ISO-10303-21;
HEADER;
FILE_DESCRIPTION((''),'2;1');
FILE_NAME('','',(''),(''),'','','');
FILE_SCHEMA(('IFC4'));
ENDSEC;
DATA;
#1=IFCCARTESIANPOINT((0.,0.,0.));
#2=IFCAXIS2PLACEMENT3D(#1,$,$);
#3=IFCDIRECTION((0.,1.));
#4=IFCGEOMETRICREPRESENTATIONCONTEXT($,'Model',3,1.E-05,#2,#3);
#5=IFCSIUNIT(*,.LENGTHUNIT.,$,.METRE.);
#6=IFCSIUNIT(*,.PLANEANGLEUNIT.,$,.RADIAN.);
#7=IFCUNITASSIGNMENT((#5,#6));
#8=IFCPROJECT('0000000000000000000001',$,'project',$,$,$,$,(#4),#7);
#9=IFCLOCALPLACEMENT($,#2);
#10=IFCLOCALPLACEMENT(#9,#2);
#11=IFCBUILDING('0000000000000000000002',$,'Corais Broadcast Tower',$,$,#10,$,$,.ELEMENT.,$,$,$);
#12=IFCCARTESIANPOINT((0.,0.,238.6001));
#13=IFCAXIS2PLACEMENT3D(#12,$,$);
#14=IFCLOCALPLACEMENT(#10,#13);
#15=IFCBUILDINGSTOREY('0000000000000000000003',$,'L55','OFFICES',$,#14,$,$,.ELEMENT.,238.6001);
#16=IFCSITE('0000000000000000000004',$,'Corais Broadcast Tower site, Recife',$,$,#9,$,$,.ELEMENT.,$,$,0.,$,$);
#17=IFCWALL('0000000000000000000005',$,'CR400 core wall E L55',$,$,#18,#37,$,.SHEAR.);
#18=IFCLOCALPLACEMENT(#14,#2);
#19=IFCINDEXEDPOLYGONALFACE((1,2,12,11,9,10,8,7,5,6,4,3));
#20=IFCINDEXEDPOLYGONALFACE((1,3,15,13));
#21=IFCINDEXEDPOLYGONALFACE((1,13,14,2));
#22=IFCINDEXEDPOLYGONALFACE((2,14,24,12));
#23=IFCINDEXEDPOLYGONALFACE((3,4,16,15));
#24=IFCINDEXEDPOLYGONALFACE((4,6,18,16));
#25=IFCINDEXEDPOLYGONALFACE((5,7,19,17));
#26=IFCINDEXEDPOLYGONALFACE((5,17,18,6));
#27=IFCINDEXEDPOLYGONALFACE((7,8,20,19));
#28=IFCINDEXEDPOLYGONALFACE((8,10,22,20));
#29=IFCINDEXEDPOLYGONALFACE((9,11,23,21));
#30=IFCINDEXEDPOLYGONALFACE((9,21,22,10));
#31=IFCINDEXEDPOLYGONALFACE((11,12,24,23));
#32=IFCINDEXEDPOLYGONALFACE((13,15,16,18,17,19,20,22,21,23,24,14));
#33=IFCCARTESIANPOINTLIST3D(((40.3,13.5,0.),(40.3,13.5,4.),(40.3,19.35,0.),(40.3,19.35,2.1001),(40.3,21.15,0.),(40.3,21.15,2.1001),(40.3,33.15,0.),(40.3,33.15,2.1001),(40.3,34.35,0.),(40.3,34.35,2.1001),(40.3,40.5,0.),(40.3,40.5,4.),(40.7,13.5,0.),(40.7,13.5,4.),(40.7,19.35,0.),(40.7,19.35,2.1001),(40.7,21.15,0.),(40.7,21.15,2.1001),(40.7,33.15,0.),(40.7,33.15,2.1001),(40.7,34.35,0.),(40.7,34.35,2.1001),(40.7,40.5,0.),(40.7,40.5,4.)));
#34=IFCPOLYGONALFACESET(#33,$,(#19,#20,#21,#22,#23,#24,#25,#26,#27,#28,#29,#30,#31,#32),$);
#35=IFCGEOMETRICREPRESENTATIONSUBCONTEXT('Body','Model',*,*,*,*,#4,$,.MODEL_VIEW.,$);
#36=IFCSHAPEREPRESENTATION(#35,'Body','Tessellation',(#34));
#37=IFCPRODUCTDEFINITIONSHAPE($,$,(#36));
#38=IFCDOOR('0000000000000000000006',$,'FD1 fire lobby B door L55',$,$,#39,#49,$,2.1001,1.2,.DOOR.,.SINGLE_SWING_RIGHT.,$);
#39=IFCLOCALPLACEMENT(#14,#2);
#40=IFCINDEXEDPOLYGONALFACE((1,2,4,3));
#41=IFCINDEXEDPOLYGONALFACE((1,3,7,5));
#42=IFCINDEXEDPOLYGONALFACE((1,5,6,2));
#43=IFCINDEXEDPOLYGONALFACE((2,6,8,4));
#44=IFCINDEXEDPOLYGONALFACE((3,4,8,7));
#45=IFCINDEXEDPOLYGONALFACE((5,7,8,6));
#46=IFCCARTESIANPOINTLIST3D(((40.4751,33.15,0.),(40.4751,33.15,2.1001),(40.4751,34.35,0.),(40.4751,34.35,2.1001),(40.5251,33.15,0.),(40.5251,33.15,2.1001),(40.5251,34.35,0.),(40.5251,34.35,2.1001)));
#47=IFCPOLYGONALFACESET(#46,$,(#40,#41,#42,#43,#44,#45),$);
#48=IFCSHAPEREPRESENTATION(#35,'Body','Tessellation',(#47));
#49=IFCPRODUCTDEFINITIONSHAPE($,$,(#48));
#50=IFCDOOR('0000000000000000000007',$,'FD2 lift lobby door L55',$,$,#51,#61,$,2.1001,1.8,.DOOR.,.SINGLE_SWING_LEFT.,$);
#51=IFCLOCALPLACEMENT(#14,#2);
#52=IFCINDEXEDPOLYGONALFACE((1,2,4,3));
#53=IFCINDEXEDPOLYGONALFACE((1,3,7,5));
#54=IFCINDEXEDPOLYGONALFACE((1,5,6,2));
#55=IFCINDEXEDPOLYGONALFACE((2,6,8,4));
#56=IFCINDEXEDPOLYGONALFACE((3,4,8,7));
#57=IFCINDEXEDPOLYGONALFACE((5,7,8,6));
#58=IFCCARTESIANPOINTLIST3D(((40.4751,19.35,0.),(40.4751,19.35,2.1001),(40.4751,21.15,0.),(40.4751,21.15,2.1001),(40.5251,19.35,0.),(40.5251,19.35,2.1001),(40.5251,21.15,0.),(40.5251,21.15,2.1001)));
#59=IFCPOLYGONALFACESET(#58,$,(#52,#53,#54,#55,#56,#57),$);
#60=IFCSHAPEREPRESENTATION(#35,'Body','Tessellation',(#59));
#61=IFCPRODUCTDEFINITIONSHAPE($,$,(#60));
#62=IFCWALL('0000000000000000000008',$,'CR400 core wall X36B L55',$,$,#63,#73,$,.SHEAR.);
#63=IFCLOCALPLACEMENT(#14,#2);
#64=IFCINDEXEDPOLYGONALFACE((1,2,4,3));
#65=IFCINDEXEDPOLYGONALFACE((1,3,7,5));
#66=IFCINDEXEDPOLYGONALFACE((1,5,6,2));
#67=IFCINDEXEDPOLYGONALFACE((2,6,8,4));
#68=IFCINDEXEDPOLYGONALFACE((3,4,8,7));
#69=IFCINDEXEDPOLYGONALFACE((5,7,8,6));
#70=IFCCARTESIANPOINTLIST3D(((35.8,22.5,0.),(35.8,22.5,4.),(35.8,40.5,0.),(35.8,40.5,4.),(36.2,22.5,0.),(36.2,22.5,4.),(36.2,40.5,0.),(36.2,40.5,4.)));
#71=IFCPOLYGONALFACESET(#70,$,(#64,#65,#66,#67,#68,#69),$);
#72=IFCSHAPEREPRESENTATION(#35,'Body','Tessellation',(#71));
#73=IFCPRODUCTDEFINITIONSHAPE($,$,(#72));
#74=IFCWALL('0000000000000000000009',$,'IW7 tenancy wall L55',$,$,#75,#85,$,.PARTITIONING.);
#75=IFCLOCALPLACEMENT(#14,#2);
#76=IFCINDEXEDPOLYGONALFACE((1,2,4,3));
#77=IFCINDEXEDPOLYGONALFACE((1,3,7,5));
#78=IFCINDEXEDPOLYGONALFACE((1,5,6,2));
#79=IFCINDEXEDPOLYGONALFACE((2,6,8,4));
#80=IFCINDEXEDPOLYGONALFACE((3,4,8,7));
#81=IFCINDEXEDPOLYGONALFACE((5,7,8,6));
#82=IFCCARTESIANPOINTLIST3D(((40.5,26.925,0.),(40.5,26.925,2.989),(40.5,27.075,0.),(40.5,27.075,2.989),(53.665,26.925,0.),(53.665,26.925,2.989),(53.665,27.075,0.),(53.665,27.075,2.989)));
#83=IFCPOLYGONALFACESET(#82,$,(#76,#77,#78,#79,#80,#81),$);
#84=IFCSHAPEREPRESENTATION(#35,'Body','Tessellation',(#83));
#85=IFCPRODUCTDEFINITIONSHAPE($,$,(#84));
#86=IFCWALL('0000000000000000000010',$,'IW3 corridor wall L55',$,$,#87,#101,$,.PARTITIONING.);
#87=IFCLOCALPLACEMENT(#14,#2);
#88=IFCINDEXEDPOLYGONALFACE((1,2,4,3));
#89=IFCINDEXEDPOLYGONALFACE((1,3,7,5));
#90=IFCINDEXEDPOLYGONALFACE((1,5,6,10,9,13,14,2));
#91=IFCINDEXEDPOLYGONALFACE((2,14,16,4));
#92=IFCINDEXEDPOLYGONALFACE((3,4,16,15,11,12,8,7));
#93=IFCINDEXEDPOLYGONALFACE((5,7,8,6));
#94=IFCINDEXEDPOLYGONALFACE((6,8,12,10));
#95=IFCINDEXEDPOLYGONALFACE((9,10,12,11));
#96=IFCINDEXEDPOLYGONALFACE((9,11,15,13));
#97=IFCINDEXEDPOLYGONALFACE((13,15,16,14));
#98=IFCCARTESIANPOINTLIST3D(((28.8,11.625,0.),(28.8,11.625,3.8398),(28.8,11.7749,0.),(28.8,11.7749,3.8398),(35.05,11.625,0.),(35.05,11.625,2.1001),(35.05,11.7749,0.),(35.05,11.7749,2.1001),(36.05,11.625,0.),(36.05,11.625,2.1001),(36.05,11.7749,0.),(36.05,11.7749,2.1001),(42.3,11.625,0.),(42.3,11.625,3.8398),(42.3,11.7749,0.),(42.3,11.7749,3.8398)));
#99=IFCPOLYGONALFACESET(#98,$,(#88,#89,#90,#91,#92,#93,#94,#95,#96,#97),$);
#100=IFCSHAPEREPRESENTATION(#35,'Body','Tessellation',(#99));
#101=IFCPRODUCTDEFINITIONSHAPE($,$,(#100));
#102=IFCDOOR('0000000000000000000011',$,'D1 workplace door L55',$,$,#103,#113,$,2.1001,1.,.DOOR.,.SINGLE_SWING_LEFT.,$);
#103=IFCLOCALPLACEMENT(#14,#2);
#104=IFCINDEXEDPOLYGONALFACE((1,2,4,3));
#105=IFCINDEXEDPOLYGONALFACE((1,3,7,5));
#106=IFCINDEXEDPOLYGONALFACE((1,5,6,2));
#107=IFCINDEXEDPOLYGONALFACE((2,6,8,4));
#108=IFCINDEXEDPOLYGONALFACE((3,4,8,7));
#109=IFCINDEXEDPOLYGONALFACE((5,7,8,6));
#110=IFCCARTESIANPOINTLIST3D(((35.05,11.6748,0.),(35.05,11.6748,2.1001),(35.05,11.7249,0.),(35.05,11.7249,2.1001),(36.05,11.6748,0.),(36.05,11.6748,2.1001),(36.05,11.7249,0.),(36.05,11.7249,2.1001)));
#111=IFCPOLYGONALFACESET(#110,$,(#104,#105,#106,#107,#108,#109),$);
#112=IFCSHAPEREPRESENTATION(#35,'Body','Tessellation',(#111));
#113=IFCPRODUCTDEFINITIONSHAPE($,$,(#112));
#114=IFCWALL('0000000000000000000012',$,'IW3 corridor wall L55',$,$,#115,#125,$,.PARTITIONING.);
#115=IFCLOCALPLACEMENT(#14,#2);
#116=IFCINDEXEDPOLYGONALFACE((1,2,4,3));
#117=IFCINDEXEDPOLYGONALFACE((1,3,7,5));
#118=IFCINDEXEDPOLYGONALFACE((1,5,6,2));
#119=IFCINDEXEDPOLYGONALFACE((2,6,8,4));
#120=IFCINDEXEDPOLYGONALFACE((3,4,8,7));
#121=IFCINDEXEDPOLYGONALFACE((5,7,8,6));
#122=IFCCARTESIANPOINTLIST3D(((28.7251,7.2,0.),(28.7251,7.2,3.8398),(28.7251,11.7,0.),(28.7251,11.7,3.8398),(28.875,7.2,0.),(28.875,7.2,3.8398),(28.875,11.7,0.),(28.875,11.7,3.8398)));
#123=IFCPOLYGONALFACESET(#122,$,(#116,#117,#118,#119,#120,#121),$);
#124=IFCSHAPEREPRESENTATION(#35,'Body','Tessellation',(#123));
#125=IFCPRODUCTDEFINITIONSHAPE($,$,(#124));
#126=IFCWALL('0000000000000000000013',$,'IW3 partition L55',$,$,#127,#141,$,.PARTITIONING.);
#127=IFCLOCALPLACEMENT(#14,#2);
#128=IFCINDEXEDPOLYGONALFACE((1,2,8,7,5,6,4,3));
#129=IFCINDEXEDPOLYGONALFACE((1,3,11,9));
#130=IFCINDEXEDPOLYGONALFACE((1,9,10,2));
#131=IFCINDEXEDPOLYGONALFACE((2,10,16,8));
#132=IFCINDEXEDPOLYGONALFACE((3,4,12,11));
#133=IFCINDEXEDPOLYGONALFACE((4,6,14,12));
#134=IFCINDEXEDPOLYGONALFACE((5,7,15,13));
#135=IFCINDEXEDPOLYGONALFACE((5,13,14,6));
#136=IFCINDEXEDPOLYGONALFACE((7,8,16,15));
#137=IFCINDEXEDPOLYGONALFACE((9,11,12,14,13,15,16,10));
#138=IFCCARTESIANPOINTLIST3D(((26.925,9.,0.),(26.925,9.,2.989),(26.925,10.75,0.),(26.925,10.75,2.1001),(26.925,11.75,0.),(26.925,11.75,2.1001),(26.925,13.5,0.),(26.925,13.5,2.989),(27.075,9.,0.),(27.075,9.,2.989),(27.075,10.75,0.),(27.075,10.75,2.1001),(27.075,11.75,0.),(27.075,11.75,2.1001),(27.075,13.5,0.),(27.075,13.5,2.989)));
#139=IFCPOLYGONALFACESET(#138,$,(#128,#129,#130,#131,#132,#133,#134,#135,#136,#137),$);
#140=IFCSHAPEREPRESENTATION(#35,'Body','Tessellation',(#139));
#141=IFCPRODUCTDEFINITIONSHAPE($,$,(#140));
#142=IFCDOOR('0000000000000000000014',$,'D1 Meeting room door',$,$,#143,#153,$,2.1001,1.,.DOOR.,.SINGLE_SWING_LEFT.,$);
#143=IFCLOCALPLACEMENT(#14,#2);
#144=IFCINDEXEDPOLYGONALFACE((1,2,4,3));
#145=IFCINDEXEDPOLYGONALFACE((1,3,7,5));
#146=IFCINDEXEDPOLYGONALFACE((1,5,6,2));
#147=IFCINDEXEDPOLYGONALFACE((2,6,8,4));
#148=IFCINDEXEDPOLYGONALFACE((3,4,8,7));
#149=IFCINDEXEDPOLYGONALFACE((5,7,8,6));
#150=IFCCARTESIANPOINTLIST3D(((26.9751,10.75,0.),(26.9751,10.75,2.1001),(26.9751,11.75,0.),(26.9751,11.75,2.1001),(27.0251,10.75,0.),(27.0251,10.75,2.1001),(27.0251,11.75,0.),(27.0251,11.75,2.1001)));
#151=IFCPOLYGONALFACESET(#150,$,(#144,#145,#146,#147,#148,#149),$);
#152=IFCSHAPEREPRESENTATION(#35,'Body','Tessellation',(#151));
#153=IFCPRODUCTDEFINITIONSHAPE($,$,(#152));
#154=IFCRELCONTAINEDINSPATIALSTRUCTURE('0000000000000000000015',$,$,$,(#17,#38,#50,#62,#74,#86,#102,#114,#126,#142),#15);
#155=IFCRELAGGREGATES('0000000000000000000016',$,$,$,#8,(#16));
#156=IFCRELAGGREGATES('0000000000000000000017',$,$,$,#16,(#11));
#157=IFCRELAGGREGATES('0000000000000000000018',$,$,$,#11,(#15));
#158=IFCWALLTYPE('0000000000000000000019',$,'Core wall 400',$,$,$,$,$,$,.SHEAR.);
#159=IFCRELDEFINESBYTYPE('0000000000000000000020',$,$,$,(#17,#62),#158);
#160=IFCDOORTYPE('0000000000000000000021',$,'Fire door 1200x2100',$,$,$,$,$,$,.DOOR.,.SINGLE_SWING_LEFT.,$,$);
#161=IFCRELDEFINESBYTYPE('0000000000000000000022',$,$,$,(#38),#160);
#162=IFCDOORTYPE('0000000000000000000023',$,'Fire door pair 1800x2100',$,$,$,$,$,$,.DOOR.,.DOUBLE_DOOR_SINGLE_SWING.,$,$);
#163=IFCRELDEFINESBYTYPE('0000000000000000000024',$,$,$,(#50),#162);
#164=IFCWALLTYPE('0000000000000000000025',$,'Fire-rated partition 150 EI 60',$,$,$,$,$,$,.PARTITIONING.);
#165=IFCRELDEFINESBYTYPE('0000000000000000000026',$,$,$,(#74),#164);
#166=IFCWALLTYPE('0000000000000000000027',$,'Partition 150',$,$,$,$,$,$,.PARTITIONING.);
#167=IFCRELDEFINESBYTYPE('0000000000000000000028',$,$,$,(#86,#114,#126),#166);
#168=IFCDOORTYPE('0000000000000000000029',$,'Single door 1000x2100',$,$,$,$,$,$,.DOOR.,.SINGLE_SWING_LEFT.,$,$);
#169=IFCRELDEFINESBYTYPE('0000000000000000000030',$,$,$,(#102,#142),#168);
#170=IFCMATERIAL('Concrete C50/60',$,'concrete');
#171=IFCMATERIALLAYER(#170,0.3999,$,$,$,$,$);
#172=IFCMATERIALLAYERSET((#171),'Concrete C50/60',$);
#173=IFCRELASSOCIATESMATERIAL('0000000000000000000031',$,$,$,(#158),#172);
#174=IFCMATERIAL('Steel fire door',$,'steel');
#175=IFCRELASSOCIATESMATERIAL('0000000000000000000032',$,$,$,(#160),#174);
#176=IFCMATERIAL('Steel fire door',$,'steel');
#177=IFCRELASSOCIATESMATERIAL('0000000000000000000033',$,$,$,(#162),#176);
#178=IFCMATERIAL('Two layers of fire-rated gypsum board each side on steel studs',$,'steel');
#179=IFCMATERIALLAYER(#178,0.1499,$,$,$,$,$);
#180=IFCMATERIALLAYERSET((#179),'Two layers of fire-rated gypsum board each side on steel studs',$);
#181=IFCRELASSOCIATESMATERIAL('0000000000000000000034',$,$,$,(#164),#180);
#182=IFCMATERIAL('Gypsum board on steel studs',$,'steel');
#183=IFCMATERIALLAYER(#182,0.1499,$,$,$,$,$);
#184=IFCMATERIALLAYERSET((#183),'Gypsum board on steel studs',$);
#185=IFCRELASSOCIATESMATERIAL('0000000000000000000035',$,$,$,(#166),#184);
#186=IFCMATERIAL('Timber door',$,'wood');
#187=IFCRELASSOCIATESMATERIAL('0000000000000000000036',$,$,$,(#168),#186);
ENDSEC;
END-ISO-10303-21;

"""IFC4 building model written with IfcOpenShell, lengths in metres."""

from ifc_helpers import new_model, si_unit, direction, frame, frame_2d, origin, place, context, subcontext, project, spatial, rectangle, extrude, material, layer, layer_set, type_object, element, fill, save


model = new_model("IFC4")

# Units and contexts
model_context = context("Model", 3, precision=1e-05, world=origin(), true_north=direction((0.0, 1.0)))
body_context = subcontext(model_context, "Body", "Model", "MODEL_VIEW")
ifc_project = project(units=[si_unit("LENGTHUNIT", "METRE"), si_unit("PLANEANGLEUNIT", "RADIAN")], contexts=[model_context])

# Site, building, storey
site_placement = place(None, origin())
site = spatial("IfcSite", under=ifc_project, at=site_placement, Name="Corais Broadcast Tower site, Recife", CompositionType="ELEMENT", RefElevation=0.0)
building_placement = place(site_placement, origin())
building = spatial("IfcBuilding", under=site, at=building_placement, Name="Corais Broadcast Tower", CompositionType="ELEMENT")
storey_placement = place(building_placement, frame((0.0, 0.0, 238.6001)))
storey = spatial("IfcBuildingStorey", under=building, at=storey_placement, Name="L55", Description="OFFICES", CompositionType="ELEMENT", Elevation=238.6001)

# Wall, openings, doors
ifc_material_1 = material(Name="Concrete C50/60", Category="concrete")
ifc_layer_1 = layer(ifc_material_1, 0.3999)
ifc_layer_set_1 = layer_set([ifc_layer_1], Name="Concrete C50/60")
wall_type_1 = type_object("IfcWallType", Name="Core wall 400", PredefinedType="SHEAR", material=ifc_layer_set_1)
wall_1_placement = place(storey_placement, frame((40.5, 13.5, 0.0), z_axis=(0.0, 0.0, 1.0), x_axis=(0.0, 1.0, 0.0)))
wall_1 = element("IfcWall", 1, at=wall_1_placement, inside=storey, type_object=wall_type_1, Name="CR400 core wall E L55", PredefinedType="SHEAR", context=body_context, shape_type="SweptSolid", body=[
    extrude(rectangle(XDim=27.0, YDim=0.3999, at=frame_2d((13.5, 0.0))), origin(), (0.0, 0.0, 1.0), 4.0),
])
opening_1_placement = place(wall_1_placement, frame((5.8501, 0.0, 0.0)))
opening_1 = element("IfcOpeningElement", 2, at=opening_1_placement, cuts=wall_1, PredefinedType="OPENING", context=body_context, shape_type="SweptSolid", body=[
    extrude(rectangle(XDim=1.8, YDim=2.1001, at=frame_2d((0.8999, 1.05))), frame((0.0, 0.21, 0.0), z_axis=(0.0, -1.0, 0.0), x_axis=(1.0, 0.0, 0.0)), (0.0, 0.0, 1.0), 0.4199),
])
opening_2_placement = place(wall_1_placement, frame((19.6499, 0.0, 0.0)))
opening_2 = element("IfcOpeningElement", 3, at=opening_2_placement, cuts=wall_1, PredefinedType="OPENING", context=body_context, shape_type="SweptSolid", body=[
    extrude(rectangle(XDim=1.2, YDim=2.1001, at=frame_2d((0.6001, 1.05))), frame((0.0, 0.21, 0.0), z_axis=(0.0, -1.0, 0.0), x_axis=(1.0, 0.0, 0.0)), (0.0, 0.0, 1.0), 0.4199),
])
ifc_material_2 = material(Name="Steel fire door", Category="steel")
door_type_1 = type_object("IfcDoorType", Name="Fire door 1200x2100", OperationType="SINGLE_SWING_LEFT", PredefinedType="DOOR", material=ifc_material_2)
door_1_placement = place(opening_2_placement, origin())
door_1 = element("IfcDoor", 4, at=door_1_placement, inside=storey, type_object=door_type_1, Name="FD1 fire lobby B door L55", OperationType="SINGLE_SWING_RIGHT", OverallHeight=2.1001, OverallWidth=1.2, PredefinedType="DOOR", context=body_context, shape_type="SweptSolid", body=[
    extrude(rectangle(XDim=1.2, YDim=2.1001, at=frame_2d((0.6001, 1.05))), frame((0.0, 0.0249, 0.0), z_axis=(0.0, -1.0, 0.0), x_axis=(1.0, 0.0, 0.0)), (0.0, 0.0, 1.0), 0.05),
])
fill(opening_2, door_1)
ifc_material_3 = material(Name="Steel fire door", Category="steel")
door_type_2 = type_object("IfcDoorType", Name="Fire door pair 1800x2100", OperationType="DOUBLE_DOOR_SINGLE_SWING", PredefinedType="DOOR", material=ifc_material_3)
door_2_placement = place(opening_1_placement, origin())
door_2 = element("IfcDoor", 5, at=door_2_placement, inside=storey, type_object=door_type_2, Name="FD2 lift lobby door L55", OperationType="SINGLE_SWING_LEFT", OverallHeight=2.1001, OverallWidth=1.8, PredefinedType="DOOR", context=body_context, shape_type="SweptSolid", body=[
    extrude(rectangle(XDim=1.8, YDim=2.1001, at=frame_2d((0.8999, 1.05))), frame((0.0, 0.0249, 0.0), z_axis=(0.0, -1.0, 0.0), x_axis=(1.0, 0.0, 0.0)), (0.0, 0.0, 1.0), 0.05),
])
fill(opening_1, door_2)

# Walls
wall_2_placement = place(storey_placement, frame((36.0, 22.5, 0.0), z_axis=(0.0, 0.0, 1.0), x_axis=(0.0, 1.0, 0.0)))
element("IfcWall", 6, at=wall_2_placement, inside=storey, type_object=wall_type_1, Name="CR400 core wall X36B L55", PredefinedType="SHEAR", context=body_context, shape_type="SweptSolid", body=[
    extrude(rectangle(XDim=18.0, YDim=0.3999, at=frame_2d((9.0, 0.0))), origin(), (0.0, 0.0, 1.0), 4.0),
])
ifc_material_4 = material(Name="Two layers of fire-rated gypsum board each side on steel studs", Category="steel")
ifc_layer_2 = layer(ifc_material_4, 0.1499)
ifc_layer_set_2 = layer_set([ifc_layer_2], Name="Two layers of fire-rated gypsum board each side on steel studs")
wall_type_2 = type_object("IfcWallType", Name="Fire-rated partition 150 EI 60", PredefinedType="PARTITIONING", material=ifc_layer_set_2)
wall_3_placement = place(storey_placement, frame((40.5, 27.0, 0.0), z_axis=(0.0, 0.0, 1.0), x_axis=(1.0, 0.0, 0.0)))
element("IfcWall", 7, at=wall_3_placement, inside=storey, type_object=wall_type_2, Name="IW7 tenancy wall L55", PredefinedType="PARTITIONING", context=body_context, shape_type="SweptSolid", body=[
    extrude(rectangle(XDim=13.165, YDim=0.1499, at=frame_2d((6.5825, 0.0))), origin(), (0.0, 0.0, 1.0), 2.989),
])

# Wall, opening, door
ifc_material_5 = material(Name="Gypsum board on steel studs", Category="steel")
ifc_layer_3 = layer(ifc_material_5, 0.1499)
ifc_layer_set_3 = layer_set([ifc_layer_3], Name="Gypsum board on steel studs")
wall_type_3 = type_object("IfcWallType", Name="Partition 150", PredefinedType="PARTITIONING", material=ifc_layer_set_3)
wall_4_placement = place(storey_placement, frame((28.8, 11.7, 0.0), z_axis=(0.0, 0.0, 1.0), x_axis=(1.0, 0.0, 0.0)))
wall_4 = element("IfcWall", 8, at=wall_4_placement, inside=storey, type_object=wall_type_3, Name="IW3 corridor wall L55", PredefinedType="PARTITIONING", context=body_context, shape_type="SweptSolid", body=[
    extrude(rectangle(XDim=13.5, YDim=0.1499, at=frame_2d((6.75, 0.0))), origin(), (0.0, 0.0, 1.0), 3.8398),
])
opening_3_placement = place(wall_4_placement, frame((6.25, 0.0, 0.0)))
opening_3 = element("IfcOpeningElement", 9, at=opening_3_placement, cuts=wall_4, PredefinedType="OPENING", context=body_context, shape_type="SweptSolid", body=[
    extrude(rectangle(XDim=1.0, YDim=2.1001, at=frame_2d((0.5, 1.05))), frame((0.0, 0.085, 0.0), z_axis=(0.0, -1.0, 0.0), x_axis=(1.0, 0.0, 0.0)), (0.0, 0.0, 1.0), 0.1699),
])
ifc_material_6 = material(Name="Timber door", Category="wood")
door_type_3 = type_object("IfcDoorType", Name="Single door 1000x2100", OperationType="SINGLE_SWING_LEFT", PredefinedType="DOOR", material=ifc_material_6)
door_3_placement = place(opening_3_placement, origin())
door_3 = element("IfcDoor", 10, at=door_3_placement, inside=storey, type_object=door_type_3, Name="D1 workplace door L55", OperationType="SINGLE_SWING_LEFT", OverallHeight=2.1001, OverallWidth=1.0, PredefinedType="DOOR", context=body_context, shape_type="SweptSolid", body=[
    extrude(rectangle(XDim=1.0, YDim=2.1001, at=frame_2d((0.5, 1.05))), frame((0.0, 0.0249, 0.0), z_axis=(0.0, -1.0, 0.0), x_axis=(1.0, 0.0, 0.0)), (0.0, 0.0, 1.0), 0.05),
])
fill(opening_3, door_3)

# Wall
wall_5_placement = place(storey_placement, frame((28.8, 7.2, 0.0), z_axis=(0.0, 0.0, 1.0), x_axis=(0.0, 1.0, 0.0)))
element("IfcWall", 11, at=wall_5_placement, inside=storey, type_object=wall_type_3, Name="IW3 corridor wall L55", PredefinedType="PARTITIONING", context=body_context, shape_type="SweptSolid", body=[
    extrude(rectangle(XDim=4.5, YDim=0.1499, at=frame_2d((2.25, 0.0))), origin(), (0.0, 0.0, 1.0), 3.8398),
])

# Wall, opening, door
wall_6_placement = place(storey_placement, frame((27.0, 9.0, 0.0), z_axis=(0.0, 0.0, 1.0), x_axis=(0.0, 1.0, 0.0)))
wall_6 = element("IfcWall", 12, at=wall_6_placement, inside=storey, type_object=wall_type_3, Name="IW3 partition L55", PredefinedType="PARTITIONING", context=body_context, shape_type="SweptSolid", body=[
    extrude(rectangle(XDim=4.5, YDim=0.1499, at=frame_2d((2.25, 0.0))), origin(), (0.0, 0.0, 1.0), 2.989),
])
opening_4_placement = place(wall_6_placement, frame((1.75, 0.0, 0.0)))
opening_4 = element("IfcOpeningElement", 13, at=opening_4_placement, cuts=wall_6, PredefinedType="OPENING", context=body_context, shape_type="SweptSolid", body=[
    extrude(rectangle(XDim=1.0, YDim=2.1001, at=frame_2d((0.5, 1.05))), frame((0.0, 0.085, 0.0), z_axis=(0.0, -1.0, 0.0), x_axis=(1.0, 0.0, 0.0)), (0.0, 0.0, 1.0), 0.1699),
])
door_4_placement = place(opening_4_placement, origin())
door_4 = element("IfcDoor", 14, at=door_4_placement, inside=storey, type_object=door_type_3, Name="D1 Meeting room door", OperationType="SINGLE_SWING_LEFT", OverallHeight=2.1001, OverallWidth=1.0, PredefinedType="DOOR", context=body_context, shape_type="SweptSolid", body=[
    extrude(rectangle(XDim=1.0, YDim=2.1001, at=frame_2d((0.5, 1.05))), frame((0.0, 0.0249, 0.0), z_axis=(0.0, -1.0, 0.0), x_axis=(1.0, 0.0, 0.0)), (0.0, 0.0, 1.0), 0.05),
])
fill(opening_4, door_4)

save(model, "model.ifc")
